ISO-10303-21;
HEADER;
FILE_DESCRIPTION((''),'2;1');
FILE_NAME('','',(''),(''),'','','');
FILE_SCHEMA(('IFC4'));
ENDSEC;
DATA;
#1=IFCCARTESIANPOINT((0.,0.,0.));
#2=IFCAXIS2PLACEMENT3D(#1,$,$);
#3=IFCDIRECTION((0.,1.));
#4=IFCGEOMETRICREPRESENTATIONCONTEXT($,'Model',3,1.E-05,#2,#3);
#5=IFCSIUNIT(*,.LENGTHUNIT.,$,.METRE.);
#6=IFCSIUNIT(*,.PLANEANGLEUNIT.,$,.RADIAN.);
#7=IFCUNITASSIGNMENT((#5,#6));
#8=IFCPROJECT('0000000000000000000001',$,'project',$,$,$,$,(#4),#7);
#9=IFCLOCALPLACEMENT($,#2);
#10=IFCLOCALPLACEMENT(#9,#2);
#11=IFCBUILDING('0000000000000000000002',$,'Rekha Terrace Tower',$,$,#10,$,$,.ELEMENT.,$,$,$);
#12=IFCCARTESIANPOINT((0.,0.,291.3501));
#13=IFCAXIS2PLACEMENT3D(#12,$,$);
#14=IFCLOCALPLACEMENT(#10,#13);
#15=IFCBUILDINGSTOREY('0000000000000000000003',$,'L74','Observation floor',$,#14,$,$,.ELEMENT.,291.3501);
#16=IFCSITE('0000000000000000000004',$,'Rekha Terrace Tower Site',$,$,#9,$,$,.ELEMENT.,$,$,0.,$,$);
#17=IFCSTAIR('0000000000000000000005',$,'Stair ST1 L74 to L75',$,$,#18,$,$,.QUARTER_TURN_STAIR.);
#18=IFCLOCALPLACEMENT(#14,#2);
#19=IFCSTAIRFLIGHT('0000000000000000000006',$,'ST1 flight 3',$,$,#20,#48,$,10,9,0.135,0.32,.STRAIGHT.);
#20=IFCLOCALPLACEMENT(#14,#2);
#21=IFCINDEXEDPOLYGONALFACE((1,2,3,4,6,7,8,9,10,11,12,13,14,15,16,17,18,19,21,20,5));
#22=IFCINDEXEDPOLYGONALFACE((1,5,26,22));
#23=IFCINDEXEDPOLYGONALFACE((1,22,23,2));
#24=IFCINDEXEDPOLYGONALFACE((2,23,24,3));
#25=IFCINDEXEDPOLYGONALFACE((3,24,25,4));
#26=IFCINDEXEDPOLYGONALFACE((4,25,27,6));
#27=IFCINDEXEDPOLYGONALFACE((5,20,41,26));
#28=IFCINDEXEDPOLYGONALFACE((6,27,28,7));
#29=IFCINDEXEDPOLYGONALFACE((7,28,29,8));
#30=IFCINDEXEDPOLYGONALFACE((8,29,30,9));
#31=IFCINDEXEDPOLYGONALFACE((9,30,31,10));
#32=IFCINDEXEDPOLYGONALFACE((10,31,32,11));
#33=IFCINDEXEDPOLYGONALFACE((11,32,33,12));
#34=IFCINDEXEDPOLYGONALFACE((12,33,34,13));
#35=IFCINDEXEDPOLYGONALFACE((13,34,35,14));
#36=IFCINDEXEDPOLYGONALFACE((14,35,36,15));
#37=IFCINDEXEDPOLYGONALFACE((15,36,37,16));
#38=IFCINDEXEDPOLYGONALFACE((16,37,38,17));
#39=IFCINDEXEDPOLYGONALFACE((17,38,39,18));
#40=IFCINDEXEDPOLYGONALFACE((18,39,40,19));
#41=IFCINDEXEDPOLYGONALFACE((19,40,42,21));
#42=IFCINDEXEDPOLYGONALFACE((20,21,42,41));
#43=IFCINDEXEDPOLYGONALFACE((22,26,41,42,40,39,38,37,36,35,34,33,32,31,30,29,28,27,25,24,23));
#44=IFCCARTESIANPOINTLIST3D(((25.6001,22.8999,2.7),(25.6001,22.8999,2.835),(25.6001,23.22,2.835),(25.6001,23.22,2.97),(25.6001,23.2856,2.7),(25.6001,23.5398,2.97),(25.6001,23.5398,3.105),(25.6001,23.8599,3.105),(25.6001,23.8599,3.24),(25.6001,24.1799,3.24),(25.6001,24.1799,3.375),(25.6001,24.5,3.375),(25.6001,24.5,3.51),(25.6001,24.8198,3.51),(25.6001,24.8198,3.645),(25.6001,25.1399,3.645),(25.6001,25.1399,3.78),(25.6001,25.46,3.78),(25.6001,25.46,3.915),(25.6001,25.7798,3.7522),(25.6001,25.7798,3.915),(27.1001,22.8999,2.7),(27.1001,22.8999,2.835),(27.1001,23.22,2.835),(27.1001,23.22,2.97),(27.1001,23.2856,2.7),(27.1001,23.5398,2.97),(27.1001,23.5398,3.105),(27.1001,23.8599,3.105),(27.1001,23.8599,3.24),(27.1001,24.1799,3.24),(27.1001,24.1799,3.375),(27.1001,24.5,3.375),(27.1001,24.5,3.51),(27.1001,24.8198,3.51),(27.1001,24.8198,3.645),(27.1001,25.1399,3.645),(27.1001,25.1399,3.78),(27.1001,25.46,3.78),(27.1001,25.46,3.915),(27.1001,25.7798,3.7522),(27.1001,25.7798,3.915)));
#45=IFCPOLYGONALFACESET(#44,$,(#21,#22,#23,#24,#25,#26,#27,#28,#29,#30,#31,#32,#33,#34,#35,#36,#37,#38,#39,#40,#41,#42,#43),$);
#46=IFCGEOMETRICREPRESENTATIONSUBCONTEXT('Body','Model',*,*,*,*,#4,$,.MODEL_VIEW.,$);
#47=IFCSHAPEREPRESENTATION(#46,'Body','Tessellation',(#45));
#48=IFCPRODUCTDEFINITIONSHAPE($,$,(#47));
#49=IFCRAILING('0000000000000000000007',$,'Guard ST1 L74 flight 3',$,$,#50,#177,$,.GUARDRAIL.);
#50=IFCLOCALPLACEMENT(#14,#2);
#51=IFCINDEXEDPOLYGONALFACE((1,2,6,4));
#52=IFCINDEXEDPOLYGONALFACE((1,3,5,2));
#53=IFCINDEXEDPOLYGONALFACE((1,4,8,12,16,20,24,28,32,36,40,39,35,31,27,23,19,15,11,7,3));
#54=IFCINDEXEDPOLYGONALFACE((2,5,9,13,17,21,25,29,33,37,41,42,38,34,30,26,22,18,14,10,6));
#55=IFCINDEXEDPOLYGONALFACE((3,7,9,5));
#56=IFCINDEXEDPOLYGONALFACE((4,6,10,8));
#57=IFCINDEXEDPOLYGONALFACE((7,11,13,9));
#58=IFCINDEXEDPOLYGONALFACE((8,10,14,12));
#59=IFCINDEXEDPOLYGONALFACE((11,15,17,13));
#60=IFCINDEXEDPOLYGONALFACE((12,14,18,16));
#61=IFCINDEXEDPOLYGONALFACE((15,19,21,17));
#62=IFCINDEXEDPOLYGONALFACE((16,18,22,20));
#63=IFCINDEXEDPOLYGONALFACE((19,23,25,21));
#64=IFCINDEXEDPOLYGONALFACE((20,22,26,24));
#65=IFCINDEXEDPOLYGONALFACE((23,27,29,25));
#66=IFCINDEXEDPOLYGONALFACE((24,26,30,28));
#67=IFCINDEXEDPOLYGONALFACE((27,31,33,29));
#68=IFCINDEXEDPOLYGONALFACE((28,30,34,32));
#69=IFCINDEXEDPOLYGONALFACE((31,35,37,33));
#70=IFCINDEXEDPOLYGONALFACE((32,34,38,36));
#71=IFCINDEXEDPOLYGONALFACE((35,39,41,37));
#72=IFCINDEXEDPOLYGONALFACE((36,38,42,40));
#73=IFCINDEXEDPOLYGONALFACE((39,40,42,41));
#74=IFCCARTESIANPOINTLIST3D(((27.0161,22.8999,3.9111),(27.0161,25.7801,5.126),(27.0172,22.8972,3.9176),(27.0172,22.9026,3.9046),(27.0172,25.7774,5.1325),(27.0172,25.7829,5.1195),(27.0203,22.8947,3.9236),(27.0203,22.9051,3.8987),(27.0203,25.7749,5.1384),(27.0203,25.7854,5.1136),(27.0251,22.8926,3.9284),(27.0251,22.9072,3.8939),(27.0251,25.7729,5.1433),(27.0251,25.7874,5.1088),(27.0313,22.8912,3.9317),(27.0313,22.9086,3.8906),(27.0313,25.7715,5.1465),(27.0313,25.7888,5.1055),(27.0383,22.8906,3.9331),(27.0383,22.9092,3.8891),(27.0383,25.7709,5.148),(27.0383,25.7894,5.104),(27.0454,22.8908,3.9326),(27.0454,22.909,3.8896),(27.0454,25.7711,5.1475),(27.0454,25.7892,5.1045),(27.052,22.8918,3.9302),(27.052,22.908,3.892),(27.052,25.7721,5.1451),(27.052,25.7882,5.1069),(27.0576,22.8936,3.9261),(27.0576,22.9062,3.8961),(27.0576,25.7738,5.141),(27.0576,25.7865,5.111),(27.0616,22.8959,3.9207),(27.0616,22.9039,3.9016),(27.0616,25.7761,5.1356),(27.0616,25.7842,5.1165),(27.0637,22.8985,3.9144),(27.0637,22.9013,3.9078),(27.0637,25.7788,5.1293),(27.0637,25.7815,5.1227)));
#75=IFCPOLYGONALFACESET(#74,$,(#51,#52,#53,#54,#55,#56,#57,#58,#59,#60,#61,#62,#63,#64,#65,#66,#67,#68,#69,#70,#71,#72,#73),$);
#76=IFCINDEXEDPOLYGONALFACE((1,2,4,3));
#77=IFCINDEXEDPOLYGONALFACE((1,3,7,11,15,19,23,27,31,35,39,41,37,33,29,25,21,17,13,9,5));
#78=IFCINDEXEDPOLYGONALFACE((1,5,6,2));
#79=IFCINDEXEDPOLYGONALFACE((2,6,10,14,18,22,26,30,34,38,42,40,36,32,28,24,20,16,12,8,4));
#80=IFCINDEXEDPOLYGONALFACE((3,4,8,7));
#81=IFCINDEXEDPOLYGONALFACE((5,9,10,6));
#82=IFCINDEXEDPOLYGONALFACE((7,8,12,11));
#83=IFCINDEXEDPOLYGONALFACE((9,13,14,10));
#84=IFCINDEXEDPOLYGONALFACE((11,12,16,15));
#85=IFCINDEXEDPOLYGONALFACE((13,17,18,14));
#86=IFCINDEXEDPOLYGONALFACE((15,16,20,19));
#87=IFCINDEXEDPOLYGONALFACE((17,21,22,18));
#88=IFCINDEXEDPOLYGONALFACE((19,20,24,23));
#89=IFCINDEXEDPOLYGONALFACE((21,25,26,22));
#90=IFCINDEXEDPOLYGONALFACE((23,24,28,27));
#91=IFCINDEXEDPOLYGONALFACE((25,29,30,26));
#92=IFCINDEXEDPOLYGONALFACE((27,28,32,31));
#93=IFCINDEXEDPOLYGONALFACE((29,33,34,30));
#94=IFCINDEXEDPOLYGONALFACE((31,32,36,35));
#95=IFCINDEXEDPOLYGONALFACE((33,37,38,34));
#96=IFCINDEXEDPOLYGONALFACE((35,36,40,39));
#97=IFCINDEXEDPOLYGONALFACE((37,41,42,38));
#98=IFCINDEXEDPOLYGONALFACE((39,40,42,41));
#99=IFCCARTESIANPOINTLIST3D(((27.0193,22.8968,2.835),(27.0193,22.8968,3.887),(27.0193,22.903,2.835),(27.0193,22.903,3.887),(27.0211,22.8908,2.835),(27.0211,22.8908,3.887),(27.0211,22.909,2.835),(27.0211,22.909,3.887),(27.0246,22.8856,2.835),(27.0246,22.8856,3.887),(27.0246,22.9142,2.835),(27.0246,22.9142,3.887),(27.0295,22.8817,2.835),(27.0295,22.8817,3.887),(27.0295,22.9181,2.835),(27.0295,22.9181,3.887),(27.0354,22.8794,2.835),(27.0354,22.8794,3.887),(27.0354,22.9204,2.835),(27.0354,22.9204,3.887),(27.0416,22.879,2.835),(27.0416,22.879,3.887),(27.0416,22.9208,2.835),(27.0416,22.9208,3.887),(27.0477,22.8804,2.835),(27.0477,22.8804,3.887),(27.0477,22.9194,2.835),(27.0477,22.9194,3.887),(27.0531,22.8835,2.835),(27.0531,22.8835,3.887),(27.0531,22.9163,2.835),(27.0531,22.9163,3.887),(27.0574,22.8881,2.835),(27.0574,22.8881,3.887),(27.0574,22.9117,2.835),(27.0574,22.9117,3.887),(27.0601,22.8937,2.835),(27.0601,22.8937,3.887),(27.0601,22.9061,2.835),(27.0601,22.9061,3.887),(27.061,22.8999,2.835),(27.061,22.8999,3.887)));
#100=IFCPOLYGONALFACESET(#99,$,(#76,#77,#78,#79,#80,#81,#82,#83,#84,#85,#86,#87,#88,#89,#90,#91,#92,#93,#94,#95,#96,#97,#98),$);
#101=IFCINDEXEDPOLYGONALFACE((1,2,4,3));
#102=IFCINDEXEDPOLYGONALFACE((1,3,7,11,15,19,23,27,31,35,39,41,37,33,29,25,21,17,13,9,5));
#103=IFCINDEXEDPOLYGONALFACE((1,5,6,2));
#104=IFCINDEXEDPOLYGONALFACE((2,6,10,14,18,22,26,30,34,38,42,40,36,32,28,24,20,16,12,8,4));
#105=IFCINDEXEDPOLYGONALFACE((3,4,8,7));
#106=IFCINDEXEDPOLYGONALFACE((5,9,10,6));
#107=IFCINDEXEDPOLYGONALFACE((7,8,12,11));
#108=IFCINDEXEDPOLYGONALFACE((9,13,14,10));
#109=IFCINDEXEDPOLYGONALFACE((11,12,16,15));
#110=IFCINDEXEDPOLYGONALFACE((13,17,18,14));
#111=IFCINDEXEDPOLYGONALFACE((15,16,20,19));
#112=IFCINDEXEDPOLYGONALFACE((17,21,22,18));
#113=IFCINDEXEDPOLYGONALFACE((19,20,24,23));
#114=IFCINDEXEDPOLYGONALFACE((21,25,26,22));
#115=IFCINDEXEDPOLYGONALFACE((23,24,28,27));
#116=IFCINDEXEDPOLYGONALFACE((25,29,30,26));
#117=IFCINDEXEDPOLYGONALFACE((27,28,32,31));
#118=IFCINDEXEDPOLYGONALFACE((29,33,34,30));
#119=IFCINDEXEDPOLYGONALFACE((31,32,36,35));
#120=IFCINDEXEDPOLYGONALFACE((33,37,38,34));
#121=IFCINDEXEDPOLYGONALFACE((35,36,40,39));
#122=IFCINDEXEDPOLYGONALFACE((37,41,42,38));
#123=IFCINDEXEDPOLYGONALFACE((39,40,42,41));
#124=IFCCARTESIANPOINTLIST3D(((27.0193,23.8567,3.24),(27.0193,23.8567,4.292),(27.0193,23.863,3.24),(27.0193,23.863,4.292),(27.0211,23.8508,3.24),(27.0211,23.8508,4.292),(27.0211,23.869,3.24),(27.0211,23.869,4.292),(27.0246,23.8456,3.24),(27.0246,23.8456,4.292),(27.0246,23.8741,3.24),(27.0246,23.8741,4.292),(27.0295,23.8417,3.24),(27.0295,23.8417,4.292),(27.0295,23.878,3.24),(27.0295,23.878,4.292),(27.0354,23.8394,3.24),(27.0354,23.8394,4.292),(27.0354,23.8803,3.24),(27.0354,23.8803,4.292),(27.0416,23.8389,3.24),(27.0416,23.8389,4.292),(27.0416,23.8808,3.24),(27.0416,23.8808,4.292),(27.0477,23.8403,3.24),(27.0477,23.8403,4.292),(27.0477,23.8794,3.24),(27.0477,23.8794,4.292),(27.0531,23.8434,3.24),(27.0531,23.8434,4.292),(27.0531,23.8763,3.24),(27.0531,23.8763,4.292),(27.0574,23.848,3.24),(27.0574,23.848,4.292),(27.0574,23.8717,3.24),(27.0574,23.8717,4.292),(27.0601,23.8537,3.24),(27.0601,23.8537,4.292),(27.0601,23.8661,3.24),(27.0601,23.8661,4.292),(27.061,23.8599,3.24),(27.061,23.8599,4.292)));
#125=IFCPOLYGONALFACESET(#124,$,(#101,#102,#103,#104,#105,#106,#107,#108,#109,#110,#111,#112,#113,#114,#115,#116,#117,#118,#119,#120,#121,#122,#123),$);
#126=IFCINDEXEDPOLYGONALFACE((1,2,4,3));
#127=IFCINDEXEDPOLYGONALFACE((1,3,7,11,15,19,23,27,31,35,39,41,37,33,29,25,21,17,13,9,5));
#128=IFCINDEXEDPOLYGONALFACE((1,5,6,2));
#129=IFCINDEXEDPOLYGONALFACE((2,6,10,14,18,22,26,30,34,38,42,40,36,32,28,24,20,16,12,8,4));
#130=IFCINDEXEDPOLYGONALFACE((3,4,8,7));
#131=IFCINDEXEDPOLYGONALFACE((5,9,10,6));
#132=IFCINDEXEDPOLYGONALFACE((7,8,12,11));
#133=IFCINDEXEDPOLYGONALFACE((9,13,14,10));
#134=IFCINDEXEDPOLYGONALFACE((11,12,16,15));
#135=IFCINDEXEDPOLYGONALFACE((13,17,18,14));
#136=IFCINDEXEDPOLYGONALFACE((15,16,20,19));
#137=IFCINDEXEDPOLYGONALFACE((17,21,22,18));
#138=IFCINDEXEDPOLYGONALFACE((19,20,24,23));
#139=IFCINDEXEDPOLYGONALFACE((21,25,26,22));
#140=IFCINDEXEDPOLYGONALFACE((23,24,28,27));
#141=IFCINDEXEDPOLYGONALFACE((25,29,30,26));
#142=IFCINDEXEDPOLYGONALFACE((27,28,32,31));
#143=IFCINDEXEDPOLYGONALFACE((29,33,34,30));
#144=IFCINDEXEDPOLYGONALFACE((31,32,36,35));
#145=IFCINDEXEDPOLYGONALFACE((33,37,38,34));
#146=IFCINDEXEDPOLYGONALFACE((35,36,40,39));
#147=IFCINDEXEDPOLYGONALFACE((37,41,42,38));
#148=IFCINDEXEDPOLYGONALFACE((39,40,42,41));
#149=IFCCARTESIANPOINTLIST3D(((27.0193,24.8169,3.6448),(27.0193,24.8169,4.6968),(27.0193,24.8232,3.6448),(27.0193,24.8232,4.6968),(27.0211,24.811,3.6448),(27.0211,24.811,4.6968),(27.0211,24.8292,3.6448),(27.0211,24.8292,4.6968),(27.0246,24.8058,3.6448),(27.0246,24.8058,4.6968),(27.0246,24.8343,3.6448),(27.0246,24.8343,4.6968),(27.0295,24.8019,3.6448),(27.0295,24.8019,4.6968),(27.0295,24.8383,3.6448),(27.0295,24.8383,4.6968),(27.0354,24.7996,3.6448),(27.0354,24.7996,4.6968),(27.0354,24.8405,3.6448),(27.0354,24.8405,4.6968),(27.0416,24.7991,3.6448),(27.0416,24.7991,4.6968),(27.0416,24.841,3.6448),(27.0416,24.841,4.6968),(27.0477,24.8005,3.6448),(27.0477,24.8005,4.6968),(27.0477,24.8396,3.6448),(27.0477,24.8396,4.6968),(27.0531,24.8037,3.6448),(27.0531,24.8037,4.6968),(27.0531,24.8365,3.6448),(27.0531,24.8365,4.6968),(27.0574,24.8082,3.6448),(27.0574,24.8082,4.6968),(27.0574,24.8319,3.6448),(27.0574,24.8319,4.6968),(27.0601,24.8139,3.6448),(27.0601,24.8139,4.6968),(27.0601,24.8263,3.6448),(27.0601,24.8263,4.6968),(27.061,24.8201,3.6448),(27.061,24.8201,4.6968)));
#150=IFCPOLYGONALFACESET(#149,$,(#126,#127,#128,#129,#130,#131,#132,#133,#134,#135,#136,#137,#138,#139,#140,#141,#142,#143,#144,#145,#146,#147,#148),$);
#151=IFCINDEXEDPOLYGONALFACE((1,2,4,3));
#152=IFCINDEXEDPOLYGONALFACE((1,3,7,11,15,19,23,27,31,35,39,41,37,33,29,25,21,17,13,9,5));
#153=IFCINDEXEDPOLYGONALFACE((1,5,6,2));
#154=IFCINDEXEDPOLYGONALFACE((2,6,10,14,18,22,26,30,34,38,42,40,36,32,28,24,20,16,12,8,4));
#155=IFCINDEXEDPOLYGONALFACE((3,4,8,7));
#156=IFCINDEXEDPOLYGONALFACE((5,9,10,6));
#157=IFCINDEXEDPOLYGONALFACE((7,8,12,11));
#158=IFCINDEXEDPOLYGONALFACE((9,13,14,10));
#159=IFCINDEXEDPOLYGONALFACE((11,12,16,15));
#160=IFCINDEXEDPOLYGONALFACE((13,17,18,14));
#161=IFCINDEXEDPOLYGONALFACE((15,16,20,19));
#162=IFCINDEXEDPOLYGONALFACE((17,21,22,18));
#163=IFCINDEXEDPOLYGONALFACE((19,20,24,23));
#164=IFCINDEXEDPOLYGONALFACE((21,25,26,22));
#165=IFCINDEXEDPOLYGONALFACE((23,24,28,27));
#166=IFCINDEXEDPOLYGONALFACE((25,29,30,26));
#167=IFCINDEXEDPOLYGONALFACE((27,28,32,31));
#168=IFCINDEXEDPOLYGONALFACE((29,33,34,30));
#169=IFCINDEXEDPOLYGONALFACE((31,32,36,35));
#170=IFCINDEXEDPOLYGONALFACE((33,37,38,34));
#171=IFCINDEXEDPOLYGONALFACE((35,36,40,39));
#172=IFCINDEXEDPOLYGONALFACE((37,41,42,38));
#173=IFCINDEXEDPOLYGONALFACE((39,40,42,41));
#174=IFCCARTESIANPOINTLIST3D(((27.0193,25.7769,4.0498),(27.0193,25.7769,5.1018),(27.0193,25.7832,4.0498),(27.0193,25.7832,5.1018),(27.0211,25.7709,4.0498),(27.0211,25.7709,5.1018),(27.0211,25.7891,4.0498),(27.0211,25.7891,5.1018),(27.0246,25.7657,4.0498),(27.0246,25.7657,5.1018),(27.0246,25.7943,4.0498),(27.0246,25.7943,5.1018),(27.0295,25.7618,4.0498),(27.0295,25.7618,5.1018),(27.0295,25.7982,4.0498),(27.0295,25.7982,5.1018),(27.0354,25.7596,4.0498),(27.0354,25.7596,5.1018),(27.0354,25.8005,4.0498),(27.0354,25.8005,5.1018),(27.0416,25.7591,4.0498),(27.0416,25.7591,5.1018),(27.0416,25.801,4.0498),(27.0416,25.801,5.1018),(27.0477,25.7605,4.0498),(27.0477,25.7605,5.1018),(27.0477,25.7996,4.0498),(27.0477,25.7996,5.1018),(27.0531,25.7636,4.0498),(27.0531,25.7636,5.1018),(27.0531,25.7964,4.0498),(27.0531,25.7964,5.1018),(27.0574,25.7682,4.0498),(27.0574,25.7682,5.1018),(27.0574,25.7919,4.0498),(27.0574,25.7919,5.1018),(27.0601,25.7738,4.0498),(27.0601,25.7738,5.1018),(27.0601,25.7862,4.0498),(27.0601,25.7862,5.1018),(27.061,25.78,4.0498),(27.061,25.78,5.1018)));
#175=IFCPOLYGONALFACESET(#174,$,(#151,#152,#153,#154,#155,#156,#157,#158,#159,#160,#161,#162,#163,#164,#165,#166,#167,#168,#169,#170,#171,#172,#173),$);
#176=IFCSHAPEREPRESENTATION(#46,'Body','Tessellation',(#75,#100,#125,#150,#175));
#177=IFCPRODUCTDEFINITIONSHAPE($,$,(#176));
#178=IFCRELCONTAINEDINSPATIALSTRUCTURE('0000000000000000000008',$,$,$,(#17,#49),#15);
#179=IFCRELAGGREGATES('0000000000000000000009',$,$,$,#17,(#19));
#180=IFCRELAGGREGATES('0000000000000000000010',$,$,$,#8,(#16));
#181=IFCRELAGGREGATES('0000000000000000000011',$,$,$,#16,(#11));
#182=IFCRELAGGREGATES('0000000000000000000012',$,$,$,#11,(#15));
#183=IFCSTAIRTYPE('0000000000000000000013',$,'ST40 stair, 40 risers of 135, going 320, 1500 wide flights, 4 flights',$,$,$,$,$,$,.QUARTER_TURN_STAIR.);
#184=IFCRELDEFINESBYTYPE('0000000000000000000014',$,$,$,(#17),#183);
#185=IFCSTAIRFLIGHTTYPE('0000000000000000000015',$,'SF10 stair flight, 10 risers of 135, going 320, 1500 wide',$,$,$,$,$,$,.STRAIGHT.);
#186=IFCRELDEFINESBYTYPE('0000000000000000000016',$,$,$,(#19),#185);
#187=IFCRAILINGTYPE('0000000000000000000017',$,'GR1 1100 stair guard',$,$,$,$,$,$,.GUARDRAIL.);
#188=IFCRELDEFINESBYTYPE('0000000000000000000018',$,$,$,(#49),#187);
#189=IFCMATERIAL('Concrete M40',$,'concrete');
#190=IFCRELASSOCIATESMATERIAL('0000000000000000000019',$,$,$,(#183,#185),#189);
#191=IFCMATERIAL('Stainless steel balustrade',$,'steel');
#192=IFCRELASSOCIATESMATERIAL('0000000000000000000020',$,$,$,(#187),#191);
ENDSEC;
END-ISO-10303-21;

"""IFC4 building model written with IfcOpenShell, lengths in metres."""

from ifc_helpers import new_model, si_unit, direction, frame, origin, origin_2d, place, context, subcontext, project, spatial, polyline, circle, outline, extrude, material, type_object, element, aggregate, save


model = new_model("IFC4")

# Units and contexts
model_context = context("Model", 3, precision=1e-05, world=origin(), true_north=direction((0.0, 1.0)))
body_context = subcontext(model_context, "Body", "Model", "MODEL_VIEW")
ifc_project = project(units=[si_unit("LENGTHUNIT", "METRE"), si_unit("PLANEANGLEUNIT", "RADIAN")], contexts=[model_context])

# Site, building, storey
site_placement = place(None, origin())
site = spatial("IfcSite", under=ifc_project, at=site_placement, Name="Rekha Terrace Tower Site", CompositionType="ELEMENT", RefElevation=0.0)
building_placement = place(site_placement, origin())
building = spatial("IfcBuilding", under=site, at=building_placement, Name="Rekha Terrace Tower", CompositionType="ELEMENT")
storey_placement = place(building_placement, frame((0.0, 0.0, 291.3501)))
storey = spatial("IfcBuildingStorey", under=building, at=storey_placement, Name="L74", Description="Observation floor", CompositionType="ELEMENT", Elevation=291.3501)

# Stair, stair flight
ifc_material_1 = material(Name="Concrete M40", Category="concrete")
stair_type = type_object("IfcStairType", Name="ST40 stair, 40 risers of 135, going 320, 1500 wide flights, 4 flights", PredefinedType="QUARTER_TURN_STAIR", material=ifc_material_1)
stair_placement = place(storey_placement, origin())
stair = element("IfcStair", 1, at=stair_placement, inside=storey, type_object=stair_type, Name="Stair ST1 L74 to L75", PredefinedType="QUARTER_TURN_STAIR")
stair_flight_type = type_object("IfcStairFlightType", Name="SF10 stair flight, 10 risers of 135, going 320, 1500 wide", PredefinedType="STRAIGHT", material=ifc_material_1)
stair_flight_placement = place(storey_placement, frame((26.3501, 22.8999, 2.7), z_axis=(0.0, 0.0, 1.0), x_axis=(0.0, 1.0, 0.0)))
stair_flight = element("IfcStairFlight", 2, at=stair_flight_placement, type_object=stair_flight_type, Name="ST1 flight 3", NumberOfRisers=10, NumberOfTreads=9, PredefinedType="STRAIGHT", RiserHeight=0.135, TreadLength=0.32, context=body_context, shape_type="SweptSolid", body=[
    extrude(outline(polyline([(0.0, 0.0), (0.0, 0.135), (0.3201, 0.135), (0.3201, 0.27), (0.6399, 0.27), (0.6399, 0.405), (0.96, 0.405), (0.96, 0.54), (1.28, 0.54), (1.28, 0.675), (1.6001, 0.675), (1.6001, 0.8101), (1.9199, 0.8101), (1.9199, 0.9451), (2.24, 0.9451), (2.24, 1.0801), (2.5601, 1.0801), (2.5601, 1.2151), (2.8799, 1.2151), (2.8799, 1.3501), (2.8799, 1.0522), (0.3857, 0.0), (0.0, 0.0)])), frame((0.0, 0.75, 0.0), z_axis=(0.0, -1.0, 0.0), x_axis=(1.0, 0.0, 0.0)), (0.0, 0.0, 1.0), 1.5),
])
aggregate(stair, [stair_flight])

# Railing
ifc_material_2 = material(Name="Stainless steel balustrade", Category="steel")
railing_type_1 = type_object("IfcRailingType", Name="GR1 1100 stair guard", PredefinedType="GUARDRAIL", material=ifc_material_2)
railing_1_placement = place(storey_placement, frame((27.04, 22.8999, 2.835)))
element("IfcRailing", 3, at=railing_1_placement, inside=storey, type_object=railing_type_1, Name="Guard ST1 L74 flight 3", PredefinedType="GUARDRAIL", context=body_context, shape_type="SweptSolid", body=[
    extrude(circle(Radius=0.0239, at=origin_2d()), frame((0.0, 0.0, 1.0762), z_axis=(0.0, 0.921388, 0.388644), x_axis=(-1.0, 0.0, 0.0)), (0.0, 0.0, 1.0), 3.126),
    extrude(circle(Radius=0.021, at=origin_2d()), origin(), (0.0, 0.0, 1.0), 1.052),
    extrude(circle(Radius=0.021, at=origin_2d()), frame((0.0, 0.96, 0.405)), (0.0, 0.0, 1.0), 1.052),
    extrude(circle(Radius=0.021, at=origin_2d()), frame((0.0, 1.9202, 0.8098)), (0.0, 0.0, 1.0), 1.052),
    extrude(circle(Radius=0.021, at=origin_2d()), frame((0.0, 2.8801, 1.2148)), (0.0, 0.0, 1.0), 1.052),
])

save(model, "model.ifc")
